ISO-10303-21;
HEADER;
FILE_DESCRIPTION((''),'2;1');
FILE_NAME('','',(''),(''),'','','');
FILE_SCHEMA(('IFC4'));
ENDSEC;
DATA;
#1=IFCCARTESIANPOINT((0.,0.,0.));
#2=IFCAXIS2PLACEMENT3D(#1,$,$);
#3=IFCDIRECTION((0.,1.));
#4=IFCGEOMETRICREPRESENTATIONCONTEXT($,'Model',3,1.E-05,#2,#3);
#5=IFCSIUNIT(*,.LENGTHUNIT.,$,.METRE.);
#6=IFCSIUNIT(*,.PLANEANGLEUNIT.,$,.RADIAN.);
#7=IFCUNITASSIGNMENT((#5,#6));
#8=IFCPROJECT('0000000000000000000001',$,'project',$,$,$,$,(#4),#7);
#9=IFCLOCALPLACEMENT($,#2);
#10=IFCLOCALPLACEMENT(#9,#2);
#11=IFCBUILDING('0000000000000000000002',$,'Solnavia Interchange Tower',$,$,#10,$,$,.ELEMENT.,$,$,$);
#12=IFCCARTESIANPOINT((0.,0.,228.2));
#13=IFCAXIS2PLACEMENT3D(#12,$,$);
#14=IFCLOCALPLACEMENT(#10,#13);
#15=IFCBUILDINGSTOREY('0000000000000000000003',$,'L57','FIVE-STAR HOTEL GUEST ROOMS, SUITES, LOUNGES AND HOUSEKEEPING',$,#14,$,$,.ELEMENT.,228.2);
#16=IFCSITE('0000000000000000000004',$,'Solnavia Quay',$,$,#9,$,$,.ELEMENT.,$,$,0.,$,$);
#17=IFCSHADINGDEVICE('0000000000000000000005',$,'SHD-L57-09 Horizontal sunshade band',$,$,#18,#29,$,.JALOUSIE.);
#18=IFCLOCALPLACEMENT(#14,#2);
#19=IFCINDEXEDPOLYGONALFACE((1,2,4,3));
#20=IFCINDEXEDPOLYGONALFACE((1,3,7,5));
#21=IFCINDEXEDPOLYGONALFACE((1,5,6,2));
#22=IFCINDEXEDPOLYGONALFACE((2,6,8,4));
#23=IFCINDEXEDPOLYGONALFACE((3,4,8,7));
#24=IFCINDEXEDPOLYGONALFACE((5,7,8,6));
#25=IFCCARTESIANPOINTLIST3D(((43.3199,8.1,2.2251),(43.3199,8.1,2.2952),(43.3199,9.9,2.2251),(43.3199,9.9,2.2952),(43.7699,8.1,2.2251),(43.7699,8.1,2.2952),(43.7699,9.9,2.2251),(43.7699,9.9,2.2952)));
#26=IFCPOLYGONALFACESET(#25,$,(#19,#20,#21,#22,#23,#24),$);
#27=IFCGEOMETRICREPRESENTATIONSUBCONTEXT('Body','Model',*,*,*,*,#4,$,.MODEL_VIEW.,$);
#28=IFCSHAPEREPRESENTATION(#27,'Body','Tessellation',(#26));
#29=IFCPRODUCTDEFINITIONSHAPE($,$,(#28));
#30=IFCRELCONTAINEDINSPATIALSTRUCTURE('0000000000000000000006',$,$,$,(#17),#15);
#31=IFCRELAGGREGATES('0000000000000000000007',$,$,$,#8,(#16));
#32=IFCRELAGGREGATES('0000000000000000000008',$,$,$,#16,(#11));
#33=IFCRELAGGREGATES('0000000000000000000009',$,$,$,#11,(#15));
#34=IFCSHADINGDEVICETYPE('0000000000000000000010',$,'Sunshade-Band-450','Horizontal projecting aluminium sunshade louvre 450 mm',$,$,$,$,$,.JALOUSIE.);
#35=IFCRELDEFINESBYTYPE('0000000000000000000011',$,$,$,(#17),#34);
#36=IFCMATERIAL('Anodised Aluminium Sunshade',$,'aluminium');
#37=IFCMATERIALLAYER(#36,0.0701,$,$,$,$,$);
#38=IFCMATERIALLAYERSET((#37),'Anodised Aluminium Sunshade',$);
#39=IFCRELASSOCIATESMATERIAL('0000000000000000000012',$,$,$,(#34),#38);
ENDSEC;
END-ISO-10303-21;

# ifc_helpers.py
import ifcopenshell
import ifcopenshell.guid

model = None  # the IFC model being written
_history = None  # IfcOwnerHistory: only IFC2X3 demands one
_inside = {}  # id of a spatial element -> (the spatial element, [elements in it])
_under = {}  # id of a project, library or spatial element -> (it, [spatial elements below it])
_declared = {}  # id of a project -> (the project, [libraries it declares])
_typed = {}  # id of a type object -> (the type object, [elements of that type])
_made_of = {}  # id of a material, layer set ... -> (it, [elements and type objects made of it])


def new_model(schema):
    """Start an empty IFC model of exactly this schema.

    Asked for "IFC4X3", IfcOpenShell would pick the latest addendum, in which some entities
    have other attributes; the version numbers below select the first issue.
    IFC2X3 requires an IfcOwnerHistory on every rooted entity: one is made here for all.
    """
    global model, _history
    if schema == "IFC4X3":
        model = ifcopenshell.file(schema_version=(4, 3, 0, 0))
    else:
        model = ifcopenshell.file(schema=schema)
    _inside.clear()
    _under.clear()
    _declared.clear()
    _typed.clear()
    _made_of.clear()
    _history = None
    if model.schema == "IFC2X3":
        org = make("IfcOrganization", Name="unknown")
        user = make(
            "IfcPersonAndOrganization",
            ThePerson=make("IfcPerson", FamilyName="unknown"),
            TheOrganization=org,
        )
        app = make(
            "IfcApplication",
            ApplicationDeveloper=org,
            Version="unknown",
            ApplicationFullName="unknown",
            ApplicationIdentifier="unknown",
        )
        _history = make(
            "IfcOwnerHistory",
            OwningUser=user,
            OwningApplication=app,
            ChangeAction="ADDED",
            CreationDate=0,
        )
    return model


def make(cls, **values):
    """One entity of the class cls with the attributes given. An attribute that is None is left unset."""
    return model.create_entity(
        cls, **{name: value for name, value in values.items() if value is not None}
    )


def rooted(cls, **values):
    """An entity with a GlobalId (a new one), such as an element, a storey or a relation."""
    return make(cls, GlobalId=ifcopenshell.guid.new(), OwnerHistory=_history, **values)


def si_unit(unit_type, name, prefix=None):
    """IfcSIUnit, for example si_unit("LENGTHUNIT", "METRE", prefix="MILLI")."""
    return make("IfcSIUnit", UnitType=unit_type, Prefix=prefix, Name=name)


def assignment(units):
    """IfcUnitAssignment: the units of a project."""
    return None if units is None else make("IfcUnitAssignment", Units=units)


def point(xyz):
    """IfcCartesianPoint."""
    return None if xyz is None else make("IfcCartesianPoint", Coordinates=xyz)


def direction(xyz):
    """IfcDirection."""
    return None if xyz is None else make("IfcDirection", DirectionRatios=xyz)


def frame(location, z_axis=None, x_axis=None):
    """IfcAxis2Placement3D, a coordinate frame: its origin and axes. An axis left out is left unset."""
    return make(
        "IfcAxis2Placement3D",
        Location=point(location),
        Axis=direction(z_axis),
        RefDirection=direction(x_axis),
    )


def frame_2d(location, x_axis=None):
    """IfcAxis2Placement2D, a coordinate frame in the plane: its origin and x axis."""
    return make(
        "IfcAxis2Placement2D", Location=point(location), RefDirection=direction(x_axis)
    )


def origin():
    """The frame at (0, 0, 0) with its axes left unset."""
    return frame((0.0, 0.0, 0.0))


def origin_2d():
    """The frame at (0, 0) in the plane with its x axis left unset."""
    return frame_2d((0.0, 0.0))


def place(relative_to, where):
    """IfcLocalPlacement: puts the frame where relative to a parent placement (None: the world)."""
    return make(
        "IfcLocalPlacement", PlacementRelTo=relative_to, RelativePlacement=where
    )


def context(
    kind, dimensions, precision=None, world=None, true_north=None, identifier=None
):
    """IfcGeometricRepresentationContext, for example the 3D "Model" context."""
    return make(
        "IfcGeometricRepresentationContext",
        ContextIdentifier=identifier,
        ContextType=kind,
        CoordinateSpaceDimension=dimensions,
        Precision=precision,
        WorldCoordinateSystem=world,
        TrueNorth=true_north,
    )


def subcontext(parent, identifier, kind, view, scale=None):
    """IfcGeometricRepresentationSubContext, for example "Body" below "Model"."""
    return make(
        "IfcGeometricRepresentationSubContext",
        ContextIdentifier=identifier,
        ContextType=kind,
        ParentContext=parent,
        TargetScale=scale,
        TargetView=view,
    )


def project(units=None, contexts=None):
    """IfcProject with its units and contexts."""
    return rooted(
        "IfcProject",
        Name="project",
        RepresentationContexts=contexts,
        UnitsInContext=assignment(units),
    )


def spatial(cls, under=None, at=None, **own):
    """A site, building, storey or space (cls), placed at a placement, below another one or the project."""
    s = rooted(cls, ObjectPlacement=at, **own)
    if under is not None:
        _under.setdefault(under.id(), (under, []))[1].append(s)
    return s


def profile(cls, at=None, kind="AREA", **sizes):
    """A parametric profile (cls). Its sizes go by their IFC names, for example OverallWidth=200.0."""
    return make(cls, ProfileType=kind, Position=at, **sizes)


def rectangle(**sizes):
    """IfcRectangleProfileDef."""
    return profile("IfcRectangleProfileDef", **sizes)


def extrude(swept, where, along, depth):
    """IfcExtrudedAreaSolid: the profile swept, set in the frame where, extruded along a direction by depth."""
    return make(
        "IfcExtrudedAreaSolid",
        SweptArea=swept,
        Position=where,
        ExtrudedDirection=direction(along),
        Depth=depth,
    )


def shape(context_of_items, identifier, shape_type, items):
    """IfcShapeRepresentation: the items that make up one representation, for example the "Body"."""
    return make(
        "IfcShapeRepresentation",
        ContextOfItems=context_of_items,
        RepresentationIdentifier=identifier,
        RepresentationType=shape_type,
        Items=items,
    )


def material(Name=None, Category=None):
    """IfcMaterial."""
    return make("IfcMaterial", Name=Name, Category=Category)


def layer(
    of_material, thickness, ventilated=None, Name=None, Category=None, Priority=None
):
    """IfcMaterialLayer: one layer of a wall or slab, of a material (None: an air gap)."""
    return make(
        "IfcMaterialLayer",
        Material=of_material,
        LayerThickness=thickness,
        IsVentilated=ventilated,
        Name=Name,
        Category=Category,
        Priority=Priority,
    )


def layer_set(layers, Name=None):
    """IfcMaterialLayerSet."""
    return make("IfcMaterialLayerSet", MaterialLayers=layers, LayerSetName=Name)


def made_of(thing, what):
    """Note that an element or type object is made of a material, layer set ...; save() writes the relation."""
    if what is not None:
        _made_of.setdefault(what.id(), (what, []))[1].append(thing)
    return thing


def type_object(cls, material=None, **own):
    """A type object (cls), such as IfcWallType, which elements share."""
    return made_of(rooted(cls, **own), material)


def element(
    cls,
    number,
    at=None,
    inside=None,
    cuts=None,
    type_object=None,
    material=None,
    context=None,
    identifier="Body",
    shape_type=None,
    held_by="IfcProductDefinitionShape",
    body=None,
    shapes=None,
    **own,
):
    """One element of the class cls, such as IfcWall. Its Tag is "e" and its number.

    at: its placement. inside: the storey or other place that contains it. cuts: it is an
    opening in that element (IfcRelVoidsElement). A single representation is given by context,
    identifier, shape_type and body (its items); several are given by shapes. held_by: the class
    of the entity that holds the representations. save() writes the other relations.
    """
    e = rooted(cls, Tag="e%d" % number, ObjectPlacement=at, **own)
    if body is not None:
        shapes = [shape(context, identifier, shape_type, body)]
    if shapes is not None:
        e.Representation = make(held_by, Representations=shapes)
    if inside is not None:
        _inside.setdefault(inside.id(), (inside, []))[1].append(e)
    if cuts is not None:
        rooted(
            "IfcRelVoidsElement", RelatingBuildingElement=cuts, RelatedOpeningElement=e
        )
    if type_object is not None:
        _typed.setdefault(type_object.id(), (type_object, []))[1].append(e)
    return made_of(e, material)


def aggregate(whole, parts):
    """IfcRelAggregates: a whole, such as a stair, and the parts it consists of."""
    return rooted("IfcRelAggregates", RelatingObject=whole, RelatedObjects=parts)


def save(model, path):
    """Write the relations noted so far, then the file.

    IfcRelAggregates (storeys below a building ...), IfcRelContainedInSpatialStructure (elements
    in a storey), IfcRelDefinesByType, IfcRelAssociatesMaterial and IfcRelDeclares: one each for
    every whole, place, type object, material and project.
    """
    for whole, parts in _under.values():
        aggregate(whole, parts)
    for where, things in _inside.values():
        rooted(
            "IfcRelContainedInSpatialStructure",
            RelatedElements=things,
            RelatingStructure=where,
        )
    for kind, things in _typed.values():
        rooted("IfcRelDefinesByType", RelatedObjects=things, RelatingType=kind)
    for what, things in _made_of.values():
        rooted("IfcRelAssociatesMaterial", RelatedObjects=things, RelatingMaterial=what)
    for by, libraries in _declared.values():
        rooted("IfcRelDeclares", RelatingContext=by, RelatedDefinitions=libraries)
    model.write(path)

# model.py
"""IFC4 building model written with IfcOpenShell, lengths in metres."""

from ifc_helpers import new_model, si_unit, direction, frame, origin, origin_2d, place, context, subcontext, project, spatial, rectangle, extrude, material, layer, layer_set, type_object, element, save


model = new_model("IFC4")

# Units and contexts
model_context = context("Model", 3, precision=1e-05, world=origin(), true_north=direction((0.0, 1.0)))
body_context = subcontext(model_context, "Body", "Model", "MODEL_VIEW")
ifc_project = project(units=[si_unit("LENGTHUNIT", "METRE"), si_unit("PLANEANGLEUNIT", "RADIAN")], contexts=[model_context])

# Site, building, storey
site_placement = place(None, origin())
site = spatial("IfcSite", under=ifc_project, at=site_placement, Name="Solnavia Quay", CompositionType="ELEMENT", RefElevation=0.0)
building_placement = place(site_placement, origin())
building = spatial("IfcBuilding", under=site, at=building_placement, Name="Solnavia Interchange Tower", CompositionType="ELEMENT")
storey_placement = place(building_placement, frame((0.0, 0.0, 228.2)))
storey = spatial("IfcBuildingStorey", under=building, at=storey_placement, Name="L57", Description="FIVE-STAR HOTEL GUEST ROOMS, SUITES, LOUNGES AND HOUSEKEEPING", CompositionType="ELEMENT", Elevation=228.2)

# Shading device
ifc_material_1 = material(Name="Anodised Aluminium Sunshade", Category="aluminium")
ifc_layer_1 = layer(ifc_material_1, 0.0701)
ifc_layer_set_1 = layer_set([ifc_layer_1], Name="Anodised Aluminium Sunshade")
shading_device_type = type_object("IfcShadingDeviceType", Name="Sunshade-Band-450", Description="Horizontal projecting aluminium sunshade louvre 450 mm", PredefinedType="JALOUSIE", material=ifc_layer_set_1)
shading_device_placement = place(storey_placement, frame((43.5449, 9.0, 2.2251), z_axis=(0.0, 0.0, 1.0), x_axis=(0.0, -1.0, 0.0)))
element("IfcShadingDevice", 1, at=shading_device_placement, inside=storey, type_object=shading_device_type, Name="SHD-L57-09 Horizontal sunshade band", PredefinedType="JALOUSIE", context=body_context, shape_type="SweptSolid", body=[
    extrude(rectangle(XDim=1.8, YDim=0.45, at=origin_2d()), origin(), (0.0, 0.0, 1.0), 0.0701),
])

save(model, "model.ifc")
